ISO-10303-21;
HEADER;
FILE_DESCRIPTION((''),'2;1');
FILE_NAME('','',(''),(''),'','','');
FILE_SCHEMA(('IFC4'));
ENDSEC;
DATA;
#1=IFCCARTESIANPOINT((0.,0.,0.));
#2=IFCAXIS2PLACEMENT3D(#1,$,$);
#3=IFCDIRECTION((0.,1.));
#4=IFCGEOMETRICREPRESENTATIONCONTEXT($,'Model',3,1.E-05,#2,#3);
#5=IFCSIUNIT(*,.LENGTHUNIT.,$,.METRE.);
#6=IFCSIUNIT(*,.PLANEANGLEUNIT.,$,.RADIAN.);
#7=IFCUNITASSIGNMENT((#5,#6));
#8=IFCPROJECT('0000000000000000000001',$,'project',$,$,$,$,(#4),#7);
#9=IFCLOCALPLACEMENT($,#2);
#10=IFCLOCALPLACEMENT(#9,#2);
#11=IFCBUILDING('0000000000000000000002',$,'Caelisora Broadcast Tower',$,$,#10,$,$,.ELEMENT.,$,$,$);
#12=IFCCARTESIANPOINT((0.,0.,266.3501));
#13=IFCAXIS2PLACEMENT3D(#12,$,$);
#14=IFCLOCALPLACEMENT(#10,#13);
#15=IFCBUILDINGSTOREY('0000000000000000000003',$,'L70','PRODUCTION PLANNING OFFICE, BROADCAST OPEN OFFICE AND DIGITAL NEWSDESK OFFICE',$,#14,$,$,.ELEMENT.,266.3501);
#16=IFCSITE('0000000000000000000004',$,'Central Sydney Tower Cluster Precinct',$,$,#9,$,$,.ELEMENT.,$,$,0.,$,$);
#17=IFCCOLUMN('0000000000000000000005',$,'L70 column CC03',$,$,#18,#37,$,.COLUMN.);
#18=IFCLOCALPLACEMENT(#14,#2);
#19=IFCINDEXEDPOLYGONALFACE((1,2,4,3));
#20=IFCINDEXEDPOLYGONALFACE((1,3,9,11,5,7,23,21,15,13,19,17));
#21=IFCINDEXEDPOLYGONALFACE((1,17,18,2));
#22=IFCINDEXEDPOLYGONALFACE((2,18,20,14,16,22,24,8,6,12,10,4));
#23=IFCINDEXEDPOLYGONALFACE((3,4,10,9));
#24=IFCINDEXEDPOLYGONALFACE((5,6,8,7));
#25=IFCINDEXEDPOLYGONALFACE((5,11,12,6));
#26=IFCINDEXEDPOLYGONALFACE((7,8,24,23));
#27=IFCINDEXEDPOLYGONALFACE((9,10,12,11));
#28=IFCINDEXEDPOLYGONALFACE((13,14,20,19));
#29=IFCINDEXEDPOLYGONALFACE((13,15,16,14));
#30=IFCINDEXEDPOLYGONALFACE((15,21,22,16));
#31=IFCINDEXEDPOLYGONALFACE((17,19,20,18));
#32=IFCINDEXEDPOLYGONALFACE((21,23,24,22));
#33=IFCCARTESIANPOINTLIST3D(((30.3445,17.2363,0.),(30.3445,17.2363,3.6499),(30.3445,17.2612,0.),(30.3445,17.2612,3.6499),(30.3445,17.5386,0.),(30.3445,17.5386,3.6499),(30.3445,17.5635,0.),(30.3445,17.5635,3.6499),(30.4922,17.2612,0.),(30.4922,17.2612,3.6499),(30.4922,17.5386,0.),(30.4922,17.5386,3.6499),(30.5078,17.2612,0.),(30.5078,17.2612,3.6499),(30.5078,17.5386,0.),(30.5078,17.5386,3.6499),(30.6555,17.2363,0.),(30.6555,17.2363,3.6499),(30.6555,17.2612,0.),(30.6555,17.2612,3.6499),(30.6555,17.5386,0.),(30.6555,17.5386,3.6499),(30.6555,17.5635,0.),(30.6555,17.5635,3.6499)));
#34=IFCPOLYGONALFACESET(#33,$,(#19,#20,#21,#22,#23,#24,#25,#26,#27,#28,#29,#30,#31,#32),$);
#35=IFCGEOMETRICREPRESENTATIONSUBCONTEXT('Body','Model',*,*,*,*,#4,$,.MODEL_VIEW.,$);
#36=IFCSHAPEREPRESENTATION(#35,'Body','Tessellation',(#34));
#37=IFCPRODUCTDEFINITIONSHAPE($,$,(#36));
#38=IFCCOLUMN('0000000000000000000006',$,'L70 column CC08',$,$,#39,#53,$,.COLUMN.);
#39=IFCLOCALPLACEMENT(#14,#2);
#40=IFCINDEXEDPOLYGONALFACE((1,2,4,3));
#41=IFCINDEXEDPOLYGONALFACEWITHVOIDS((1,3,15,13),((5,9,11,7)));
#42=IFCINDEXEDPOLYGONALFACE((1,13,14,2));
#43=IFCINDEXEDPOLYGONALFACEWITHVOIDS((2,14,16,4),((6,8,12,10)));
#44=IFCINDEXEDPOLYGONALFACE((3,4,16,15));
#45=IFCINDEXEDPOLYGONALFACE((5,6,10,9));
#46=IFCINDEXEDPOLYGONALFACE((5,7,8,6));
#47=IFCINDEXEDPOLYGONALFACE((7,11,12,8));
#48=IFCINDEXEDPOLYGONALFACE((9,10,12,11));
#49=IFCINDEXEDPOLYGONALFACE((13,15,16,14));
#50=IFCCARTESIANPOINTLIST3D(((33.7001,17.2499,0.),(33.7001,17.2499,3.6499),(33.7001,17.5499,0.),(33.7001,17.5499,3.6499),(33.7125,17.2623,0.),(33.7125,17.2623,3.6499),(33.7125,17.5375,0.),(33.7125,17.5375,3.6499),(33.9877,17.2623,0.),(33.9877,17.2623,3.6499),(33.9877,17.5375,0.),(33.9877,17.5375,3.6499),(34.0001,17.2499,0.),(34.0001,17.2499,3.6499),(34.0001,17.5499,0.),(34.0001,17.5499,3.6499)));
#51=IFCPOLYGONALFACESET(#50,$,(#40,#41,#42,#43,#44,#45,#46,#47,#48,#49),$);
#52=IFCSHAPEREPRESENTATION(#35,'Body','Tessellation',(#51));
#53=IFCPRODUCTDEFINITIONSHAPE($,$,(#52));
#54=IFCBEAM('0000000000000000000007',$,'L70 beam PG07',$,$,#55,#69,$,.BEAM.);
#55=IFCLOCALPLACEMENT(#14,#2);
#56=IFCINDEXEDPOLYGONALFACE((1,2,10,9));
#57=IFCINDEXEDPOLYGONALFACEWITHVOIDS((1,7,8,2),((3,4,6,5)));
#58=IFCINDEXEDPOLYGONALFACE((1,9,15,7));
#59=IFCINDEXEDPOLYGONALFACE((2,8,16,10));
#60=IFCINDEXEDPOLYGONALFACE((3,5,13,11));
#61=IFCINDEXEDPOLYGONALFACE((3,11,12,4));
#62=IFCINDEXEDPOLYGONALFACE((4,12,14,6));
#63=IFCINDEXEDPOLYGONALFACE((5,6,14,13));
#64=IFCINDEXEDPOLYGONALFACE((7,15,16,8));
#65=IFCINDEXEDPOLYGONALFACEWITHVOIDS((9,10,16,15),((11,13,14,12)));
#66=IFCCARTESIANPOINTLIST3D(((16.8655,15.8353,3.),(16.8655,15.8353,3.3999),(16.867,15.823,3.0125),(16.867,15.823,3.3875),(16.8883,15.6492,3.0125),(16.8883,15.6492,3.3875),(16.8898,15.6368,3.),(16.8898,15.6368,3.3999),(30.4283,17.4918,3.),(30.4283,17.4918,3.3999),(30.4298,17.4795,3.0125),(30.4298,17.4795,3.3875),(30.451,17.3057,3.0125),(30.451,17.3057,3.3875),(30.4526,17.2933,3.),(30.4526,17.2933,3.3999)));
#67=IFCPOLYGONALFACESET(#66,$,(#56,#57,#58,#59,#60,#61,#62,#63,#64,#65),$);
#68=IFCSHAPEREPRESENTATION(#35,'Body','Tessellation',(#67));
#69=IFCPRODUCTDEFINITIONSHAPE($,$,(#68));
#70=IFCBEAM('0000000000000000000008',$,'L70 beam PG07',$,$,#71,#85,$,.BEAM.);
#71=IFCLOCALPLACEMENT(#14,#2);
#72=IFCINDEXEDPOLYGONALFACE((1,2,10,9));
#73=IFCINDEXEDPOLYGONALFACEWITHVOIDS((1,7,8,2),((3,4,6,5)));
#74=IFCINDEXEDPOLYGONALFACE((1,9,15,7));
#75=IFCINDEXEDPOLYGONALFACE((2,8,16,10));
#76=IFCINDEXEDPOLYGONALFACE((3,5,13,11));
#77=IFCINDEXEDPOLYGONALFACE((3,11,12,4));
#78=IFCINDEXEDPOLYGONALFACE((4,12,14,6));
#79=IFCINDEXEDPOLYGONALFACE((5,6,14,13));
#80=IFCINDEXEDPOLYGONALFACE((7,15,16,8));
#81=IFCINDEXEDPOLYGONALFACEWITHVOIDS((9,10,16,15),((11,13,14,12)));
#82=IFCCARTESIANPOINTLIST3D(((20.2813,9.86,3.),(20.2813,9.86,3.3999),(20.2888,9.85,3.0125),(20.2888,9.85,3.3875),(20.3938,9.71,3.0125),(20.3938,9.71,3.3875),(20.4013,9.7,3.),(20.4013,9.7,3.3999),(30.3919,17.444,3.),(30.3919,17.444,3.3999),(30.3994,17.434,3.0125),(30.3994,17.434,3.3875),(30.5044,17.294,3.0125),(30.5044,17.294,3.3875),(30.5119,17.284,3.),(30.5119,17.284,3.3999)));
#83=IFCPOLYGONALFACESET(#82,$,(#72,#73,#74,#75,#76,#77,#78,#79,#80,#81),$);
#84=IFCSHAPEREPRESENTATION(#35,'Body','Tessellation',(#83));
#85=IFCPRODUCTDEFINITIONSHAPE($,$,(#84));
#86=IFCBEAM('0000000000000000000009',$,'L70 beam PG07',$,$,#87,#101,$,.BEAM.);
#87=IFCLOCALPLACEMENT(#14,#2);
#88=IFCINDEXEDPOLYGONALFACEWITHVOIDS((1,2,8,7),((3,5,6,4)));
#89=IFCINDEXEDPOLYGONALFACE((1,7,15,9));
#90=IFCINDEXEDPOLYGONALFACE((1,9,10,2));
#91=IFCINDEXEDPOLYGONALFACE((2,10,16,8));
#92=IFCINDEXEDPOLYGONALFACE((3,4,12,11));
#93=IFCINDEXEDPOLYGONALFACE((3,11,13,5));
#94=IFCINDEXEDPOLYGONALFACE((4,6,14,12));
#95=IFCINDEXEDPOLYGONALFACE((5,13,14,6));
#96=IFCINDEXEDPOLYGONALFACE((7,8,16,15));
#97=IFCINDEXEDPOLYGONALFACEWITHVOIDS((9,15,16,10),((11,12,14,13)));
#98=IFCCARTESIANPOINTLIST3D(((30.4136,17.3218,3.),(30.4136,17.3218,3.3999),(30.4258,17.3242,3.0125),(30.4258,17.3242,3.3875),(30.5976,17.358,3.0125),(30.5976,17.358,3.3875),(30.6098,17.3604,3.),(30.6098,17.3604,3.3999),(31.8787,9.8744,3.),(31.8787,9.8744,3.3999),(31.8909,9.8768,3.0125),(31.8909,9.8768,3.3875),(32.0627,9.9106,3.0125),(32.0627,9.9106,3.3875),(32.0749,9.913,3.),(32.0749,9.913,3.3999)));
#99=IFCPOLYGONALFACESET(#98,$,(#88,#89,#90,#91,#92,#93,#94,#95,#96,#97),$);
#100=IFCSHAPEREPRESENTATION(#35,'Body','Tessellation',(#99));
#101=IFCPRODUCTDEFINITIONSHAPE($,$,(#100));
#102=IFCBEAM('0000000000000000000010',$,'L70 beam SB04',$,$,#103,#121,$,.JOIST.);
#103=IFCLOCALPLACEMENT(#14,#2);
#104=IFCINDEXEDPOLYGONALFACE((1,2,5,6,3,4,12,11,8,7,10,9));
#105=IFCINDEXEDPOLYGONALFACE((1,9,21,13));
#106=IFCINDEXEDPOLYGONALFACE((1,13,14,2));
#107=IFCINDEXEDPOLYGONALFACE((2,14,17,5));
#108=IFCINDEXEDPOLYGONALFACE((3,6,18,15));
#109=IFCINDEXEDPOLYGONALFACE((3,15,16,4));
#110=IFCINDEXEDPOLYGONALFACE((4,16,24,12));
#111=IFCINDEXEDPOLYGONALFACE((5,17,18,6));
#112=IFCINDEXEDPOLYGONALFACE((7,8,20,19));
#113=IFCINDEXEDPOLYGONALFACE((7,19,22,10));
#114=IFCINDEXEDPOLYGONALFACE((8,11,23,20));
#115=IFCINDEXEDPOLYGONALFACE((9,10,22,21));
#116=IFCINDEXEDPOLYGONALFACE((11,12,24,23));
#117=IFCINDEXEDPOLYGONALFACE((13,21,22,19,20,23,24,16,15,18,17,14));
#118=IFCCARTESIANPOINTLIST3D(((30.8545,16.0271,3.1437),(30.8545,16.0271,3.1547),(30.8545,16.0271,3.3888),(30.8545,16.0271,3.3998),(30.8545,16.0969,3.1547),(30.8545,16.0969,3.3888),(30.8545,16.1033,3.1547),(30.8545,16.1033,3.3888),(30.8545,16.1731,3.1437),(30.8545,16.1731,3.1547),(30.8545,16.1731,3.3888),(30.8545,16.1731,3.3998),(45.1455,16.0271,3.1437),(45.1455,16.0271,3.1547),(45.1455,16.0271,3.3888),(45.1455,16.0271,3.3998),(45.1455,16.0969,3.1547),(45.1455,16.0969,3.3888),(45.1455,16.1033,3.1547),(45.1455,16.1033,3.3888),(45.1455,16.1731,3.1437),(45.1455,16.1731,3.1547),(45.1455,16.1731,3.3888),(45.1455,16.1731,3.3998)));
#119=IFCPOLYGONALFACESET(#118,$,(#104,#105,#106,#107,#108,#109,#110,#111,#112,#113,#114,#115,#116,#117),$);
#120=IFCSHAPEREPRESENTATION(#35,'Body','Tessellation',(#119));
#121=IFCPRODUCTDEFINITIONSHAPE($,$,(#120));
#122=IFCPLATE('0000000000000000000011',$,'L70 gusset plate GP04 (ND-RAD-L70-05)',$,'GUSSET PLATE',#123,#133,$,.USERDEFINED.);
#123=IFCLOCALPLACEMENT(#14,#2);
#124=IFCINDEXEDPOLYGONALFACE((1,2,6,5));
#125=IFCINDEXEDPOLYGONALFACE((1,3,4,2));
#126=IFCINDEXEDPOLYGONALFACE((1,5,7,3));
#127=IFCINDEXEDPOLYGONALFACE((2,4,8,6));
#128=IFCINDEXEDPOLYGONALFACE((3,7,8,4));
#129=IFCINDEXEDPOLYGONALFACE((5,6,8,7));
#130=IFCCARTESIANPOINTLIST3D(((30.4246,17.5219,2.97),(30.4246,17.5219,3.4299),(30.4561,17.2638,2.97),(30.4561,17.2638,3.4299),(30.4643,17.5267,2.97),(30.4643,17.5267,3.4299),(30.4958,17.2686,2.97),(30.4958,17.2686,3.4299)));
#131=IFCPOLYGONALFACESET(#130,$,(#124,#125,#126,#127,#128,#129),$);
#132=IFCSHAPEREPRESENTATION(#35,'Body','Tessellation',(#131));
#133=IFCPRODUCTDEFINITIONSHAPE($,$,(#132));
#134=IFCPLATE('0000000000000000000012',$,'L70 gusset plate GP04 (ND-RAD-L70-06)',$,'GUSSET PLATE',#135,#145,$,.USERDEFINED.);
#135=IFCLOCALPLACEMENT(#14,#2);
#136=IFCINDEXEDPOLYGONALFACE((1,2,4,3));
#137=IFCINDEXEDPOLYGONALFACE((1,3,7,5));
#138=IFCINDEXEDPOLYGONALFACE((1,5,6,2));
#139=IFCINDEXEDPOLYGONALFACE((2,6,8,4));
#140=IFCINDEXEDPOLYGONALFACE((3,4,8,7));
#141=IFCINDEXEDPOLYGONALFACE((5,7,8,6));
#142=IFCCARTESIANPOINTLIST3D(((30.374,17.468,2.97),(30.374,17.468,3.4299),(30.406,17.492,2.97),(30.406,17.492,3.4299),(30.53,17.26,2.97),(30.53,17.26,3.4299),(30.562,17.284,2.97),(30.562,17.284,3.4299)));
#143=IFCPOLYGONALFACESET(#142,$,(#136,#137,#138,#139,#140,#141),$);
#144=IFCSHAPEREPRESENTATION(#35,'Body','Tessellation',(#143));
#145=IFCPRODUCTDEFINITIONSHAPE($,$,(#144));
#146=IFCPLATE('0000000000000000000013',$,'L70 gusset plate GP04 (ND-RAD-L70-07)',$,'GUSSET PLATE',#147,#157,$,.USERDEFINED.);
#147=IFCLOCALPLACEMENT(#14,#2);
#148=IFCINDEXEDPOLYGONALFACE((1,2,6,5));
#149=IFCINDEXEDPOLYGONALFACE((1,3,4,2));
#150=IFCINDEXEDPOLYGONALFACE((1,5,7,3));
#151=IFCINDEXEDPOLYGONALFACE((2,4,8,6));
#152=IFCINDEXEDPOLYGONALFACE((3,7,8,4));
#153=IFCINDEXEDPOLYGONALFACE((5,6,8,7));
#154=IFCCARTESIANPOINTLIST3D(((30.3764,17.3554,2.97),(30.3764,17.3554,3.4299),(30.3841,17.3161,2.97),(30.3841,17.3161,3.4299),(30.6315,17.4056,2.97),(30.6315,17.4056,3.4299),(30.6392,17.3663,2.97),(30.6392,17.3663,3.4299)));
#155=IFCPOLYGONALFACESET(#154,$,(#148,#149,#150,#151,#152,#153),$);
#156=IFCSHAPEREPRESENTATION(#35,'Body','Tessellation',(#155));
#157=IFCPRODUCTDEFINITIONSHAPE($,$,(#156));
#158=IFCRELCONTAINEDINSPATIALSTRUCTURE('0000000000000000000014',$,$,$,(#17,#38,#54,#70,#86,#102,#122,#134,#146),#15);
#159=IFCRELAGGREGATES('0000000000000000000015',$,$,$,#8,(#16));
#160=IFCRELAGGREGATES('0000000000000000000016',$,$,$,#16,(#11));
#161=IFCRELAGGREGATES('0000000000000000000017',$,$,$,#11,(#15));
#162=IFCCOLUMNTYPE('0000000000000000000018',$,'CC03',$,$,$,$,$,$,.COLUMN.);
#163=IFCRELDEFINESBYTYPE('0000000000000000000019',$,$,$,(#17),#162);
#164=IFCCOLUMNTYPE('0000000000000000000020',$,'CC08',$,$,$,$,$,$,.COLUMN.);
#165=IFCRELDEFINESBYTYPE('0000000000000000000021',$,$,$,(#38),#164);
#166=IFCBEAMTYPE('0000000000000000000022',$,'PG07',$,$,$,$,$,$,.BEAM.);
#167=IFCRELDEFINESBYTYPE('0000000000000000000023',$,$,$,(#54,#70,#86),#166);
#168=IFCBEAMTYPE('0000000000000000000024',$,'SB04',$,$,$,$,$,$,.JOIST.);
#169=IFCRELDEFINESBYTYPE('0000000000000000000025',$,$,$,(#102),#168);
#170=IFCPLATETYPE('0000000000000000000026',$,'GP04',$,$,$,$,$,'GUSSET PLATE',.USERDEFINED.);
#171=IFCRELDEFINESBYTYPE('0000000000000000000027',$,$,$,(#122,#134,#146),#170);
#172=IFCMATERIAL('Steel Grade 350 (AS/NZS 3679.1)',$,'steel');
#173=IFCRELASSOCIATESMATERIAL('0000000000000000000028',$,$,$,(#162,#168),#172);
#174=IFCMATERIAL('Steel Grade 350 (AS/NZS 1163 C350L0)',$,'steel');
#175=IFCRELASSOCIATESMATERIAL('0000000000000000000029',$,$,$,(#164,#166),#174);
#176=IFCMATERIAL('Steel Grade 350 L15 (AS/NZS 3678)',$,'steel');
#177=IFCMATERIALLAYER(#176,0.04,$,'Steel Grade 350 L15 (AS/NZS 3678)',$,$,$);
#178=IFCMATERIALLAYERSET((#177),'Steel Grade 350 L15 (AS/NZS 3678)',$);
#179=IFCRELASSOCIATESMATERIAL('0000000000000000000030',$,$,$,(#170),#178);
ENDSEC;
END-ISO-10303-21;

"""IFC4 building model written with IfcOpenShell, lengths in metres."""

from ifc_helpers import new_model, si_unit, direction, frame, origin, origin_2d, place, context, subcontext, project, spatial, rectangle, hollow_rectangle, i_section, extrude, source, transform, mapped, material, layer, layer_set, material_profile, profile_set, type_object, type_shapes, element, save


model = new_model("IFC4")

# Units and contexts
model_context = context("Model", 3, precision=1e-05, world=origin(), true_north=direction((0.0, 1.0)))
body_context = subcontext(model_context, "Body", "Model", "MODEL_VIEW")
ifc_project = project(units=[si_unit("LENGTHUNIT", "METRE"), si_unit("PLANEANGLEUNIT", "RADIAN")], contexts=[model_context])

# Site, building, storey
site_placement = place(None, origin())
site = spatial("IfcSite", under=ifc_project, at=site_placement, Name="Central Sydney Tower Cluster Precinct", CompositionType="ELEMENT", RefElevation=0.0)
building_placement = place(site_placement, origin())
building = spatial("IfcBuilding", under=site, at=building_placement, Name="Caelisora Broadcast Tower", CompositionType="ELEMENT")
storey_placement = place(building_placement, frame((0.0, 0.0, 266.3501)))
storey = spatial("IfcBuildingStorey", under=building, at=storey_placement, Name="L70", Description="PRODUCTION PLANNING OFFICE, BROADCAST OPEN OFFICE AND DIGITAL NEWSDESK OFFICE", CompositionType="ELEMENT", Elevation=266.3501)

# Columns
ifc_material_1 = material(Name="Steel Grade 350 (AS/NZS 3679.1)", Category="steel")
ifc_material_profile_1 = material_profile(ifc_material_1, i_section(OverallWidth=0.311, OverallDepth=0.3271, WebThickness=0.0156, FlangeThickness=0.0249, at=origin_2d()), Name="Steel Grade 350 (AS/NZS 3679.1)")
ifc_profile_set_1 = profile_set([ifc_material_profile_1], Name="Steel Grade 350 (AS/NZS 3679.1)")
column_type_1 = type_object("IfcColumnType", Name="CC03", PredefinedType="COLUMN", material=ifc_profile_set_1)
shared_shape_1 = source(origin(), body_context, "Body", "SweptSolid", [
    extrude(i_section(OverallWidth=0.311, OverallDepth=0.3271, WebThickness=0.0156, FlangeThickness=0.0249, at=origin_2d()), origin(), (0.0, 0.0, 1.0), 3.6499),
])
type_shapes(column_type_1, [shared_shape_1])
column_1_placement = place(storey_placement, frame((30.5, 17.3999, 0.0), z_axis=(0.0, 0.0, 1.0), x_axis=(1.0, 0.0, 0.0)))
element("IfcColumn", 1, at=column_1_placement, inside=storey, type_object=column_type_1, Name="L70 column CC03", PredefinedType="COLUMN", context=body_context, shape_type="MappedRepresentation", body=[
    mapped(shared_shape_1, transform((0.0, 0.0, 0.0), scale=1.0)),
])
ifc_material_2 = material(Name="Steel Grade 350 (AS/NZS 1163 C350L0)", Category="steel")
ifc_material_profile_2 = material_profile(ifc_material_2, hollow_rectangle(XDim=0.3, YDim=0.3, WallThickness=0.0125, at=origin_2d()), Name="Steel Grade 350 (AS/NZS 1163 C350L0)")
ifc_profile_set_2 = profile_set([ifc_material_profile_2], Name="Steel Grade 350 (AS/NZS 1163 C350L0)")
column_type_2 = type_object("IfcColumnType", Name="CC08", PredefinedType="COLUMN", material=ifc_profile_set_2)
shared_shape_2 = source(origin(), body_context, "Body", "SweptSolid", [
    extrude(hollow_rectangle(XDim=0.3, YDim=0.3, WallThickness=0.0125, at=origin_2d()), origin(), (0.0, 0.0, 1.0), 3.6499),
])
type_shapes(column_type_2, [shared_shape_2])
column_2_placement = place(storey_placement, frame((33.8501, 17.3999, 0.0), z_axis=(0.0, 0.0, 1.0), x_axis=(1.0, 0.0, 0.0)))
element("IfcColumn", 2, at=column_2_placement, inside=storey, type_object=column_type_2, Name="L70 column CC08", PredefinedType="COLUMN", context=body_context, shape_type="MappedRepresentation", body=[
    mapped(shared_shape_2, transform((0.0, 0.0, 0.0), scale=1.0)),
])

# Beams
ifc_material_profile_3 = material_profile(ifc_material_2, hollow_rectangle(XDim=0.2, YDim=0.3999, WallThickness=0.0125, at=origin_2d()), Name="Steel Grade 350 (AS/NZS 1163 C350L0)")
ifc_profile_set_3 = profile_set([ifc_material_profile_3], Name="Steel Grade 350 (AS/NZS 1163 C350L0)")
beam_type_1 = type_object("IfcBeamType", Name="PG07", PredefinedType="BEAM", material=ifc_profile_set_3)
shared_shape_3 = source(origin(), body_context, "Body", "SweptSolid", [
    extrude(hollow_rectangle(XDim=0.2, YDim=0.3999, WallThickness=0.0125, at=origin_2d()), origin(), (0.0, 0.0, 1.0), 13.6636),
])
beam_1_placement = place(storey_placement, frame((30.4404, 17.3926, 3.2), z_axis=(-0.992624, -0.121235, 0.0), x_axis=(0.121235, -0.992624, 0.0)))
element("IfcBeam", 3, at=beam_1_placement, inside=storey, type_object=beam_type_1, Name="L70 beam PG07", PredefinedType="BEAM", context=body_context, shape_type="MappedRepresentation", body=[
    mapped(shared_shape_3, transform((0.0, 0.0, 0.0), scale=1.0)),
])
shared_shape_4 = source(origin(), body_context, "Body", "SweptSolid", [
    extrude(hollow_rectangle(XDim=0.2, YDim=0.3999, WallThickness=0.0125, at=origin_2d()), origin(), (0.0, 0.0, 1.0), 12.6389),
])
beam_2_placement = place(storey_placement, frame((30.4519, 17.364, 3.2), z_axis=(-0.799961, -0.600053, 0.0), x_axis=(0.600053, -0.799961, 0.0)))
element("IfcBeam", 4, at=beam_2_placement, inside=storey, type_object=beam_type_1, Name="L70 beam PG07", PredefinedType="BEAM", context=body_context, shape_type="MappedRepresentation", body=[
    mapped(shared_shape_4, transform((0.0, 0.0, 0.0), scale=1.0)),
])
shared_shape_5 = source(origin(), body_context, "Body", "SweptSolid", [
    extrude(hollow_rectangle(XDim=0.2, YDim=0.3999, WallThickness=0.0125, at=origin_2d()), origin(), (0.0, 0.0, 1.0), 7.5901),
])
type_shapes(beam_type_1, [shared_shape_3, shared_shape_4, shared_shape_5])
beam_3_placement = place(storey_placement, frame((30.5117, 17.3411, 3.2), z_axis=(0.193028, -0.981193, 0.0), x_axis=(0.981193, 0.193028, 0.0)))
element("IfcBeam", 5, at=beam_3_placement, inside=storey, type_object=beam_type_1, Name="L70 beam PG07", PredefinedType="BEAM", context=body_context, shape_type="MappedRepresentation", body=[
    mapped(shared_shape_5, transform((0.0, 0.0, 0.0), scale=1.0)),
])
ifc_material_profile_4 = material_profile(ifc_material_1, i_section(OverallWidth=0.146, OverallDepth=0.2561, WebThickness=0.0063, FlangeThickness=0.011, at=origin_2d()), Name="Steel Grade 350 (AS/NZS 3679.1)")
ifc_profile_set_4 = profile_set([ifc_material_profile_4], Name="Steel Grade 350 (AS/NZS 3679.1)")
beam_type_2 = type_object("IfcBeamType", Name="SB04", PredefinedType="JOIST", material=ifc_profile_set_4)
shared_shape_6 = source(origin(), body_context, "Body", "SweptSolid", [
    extrude(i_section(OverallWidth=0.146, OverallDepth=0.2561, WebThickness=0.0063, FlangeThickness=0.011, at=origin_2d()), origin(), (0.0, 0.0, 1.0), 14.291),
])
type_shapes(beam_type_2, [shared_shape_6])
beam_4_placement = place(storey_placement, frame((30.8545, 16.1001, 3.2717), z_axis=(1.0, 0.0, 0.0), x_axis=(0.0, 1.0, 0.0)))
element("IfcBeam", 6, at=beam_4_placement, inside=storey, type_object=beam_type_2, Name="L70 beam SB04", PredefinedType="JOIST", context=body_context, shape_type="MappedRepresentation", body=[
    mapped(shared_shape_6, transform((0.0, 0.0, 0.0), scale=1.0)),
])

# Plates
ifc_material_3 = material(Name="Steel Grade 350 L15 (AS/NZS 3678)", Category="steel")
ifc_layer_1 = layer(ifc_material_3, 0.04, Name="Steel Grade 350 L15 (AS/NZS 3678)")
ifc_layer_set_1 = layer_set([ifc_layer_1], Name="Steel Grade 350 L15 (AS/NZS 3678)")
plate_type = type_object("IfcPlateType", Name="GP04", ElementType="GUSSET PLATE", PredefinedType="USERDEFINED", material=ifc_layer_set_1)
shared_shape_7 = source(origin(), body_context, "Body", "SweptSolid", [
    extrude(rectangle(XDim=0.26, YDim=0.04, at=origin_2d()), origin(), (0.0, 0.0, 1.0), 0.46),
])
type_shapes(plate_type, [shared_shape_7])
for number, where, z_axis, x_axis, name in (
    (7, (30.4602, 17.3953, 2.97), (0.0, 0.0, 1.0), (0.121176, -0.992631, 0.0), "L70 gusset plate GP04 (ND-RAD-L70-05)"),
    (8, (30.468, 17.376, 2.97), (0.0, 0.0, 1.0), (0.600001, -0.799999, 0.0), "L70 gusset plate GP04 (ND-RAD-L70-06)"),
    (9, (30.5078, 17.3608, 2.97), (0.0, 0.0, 1.0), (0.981192, 0.193036, 0.0), "L70 gusset plate GP04 (ND-RAD-L70-07)"),
):
    element("IfcPlate", number, at=place(storey_placement, frame(where, z_axis=z_axis, x_axis=x_axis)), inside=storey, type_object=plate_type, Name=name, ObjectType="GUSSET PLATE", PredefinedType="USERDEFINED", context=body_context, shape_type="MappedRepresentation", body=[
        mapped(shared_shape_7, transform((0.0, 0.0, 0.0), scale=1.0)),
    ])

save(model, "model.ifc")
